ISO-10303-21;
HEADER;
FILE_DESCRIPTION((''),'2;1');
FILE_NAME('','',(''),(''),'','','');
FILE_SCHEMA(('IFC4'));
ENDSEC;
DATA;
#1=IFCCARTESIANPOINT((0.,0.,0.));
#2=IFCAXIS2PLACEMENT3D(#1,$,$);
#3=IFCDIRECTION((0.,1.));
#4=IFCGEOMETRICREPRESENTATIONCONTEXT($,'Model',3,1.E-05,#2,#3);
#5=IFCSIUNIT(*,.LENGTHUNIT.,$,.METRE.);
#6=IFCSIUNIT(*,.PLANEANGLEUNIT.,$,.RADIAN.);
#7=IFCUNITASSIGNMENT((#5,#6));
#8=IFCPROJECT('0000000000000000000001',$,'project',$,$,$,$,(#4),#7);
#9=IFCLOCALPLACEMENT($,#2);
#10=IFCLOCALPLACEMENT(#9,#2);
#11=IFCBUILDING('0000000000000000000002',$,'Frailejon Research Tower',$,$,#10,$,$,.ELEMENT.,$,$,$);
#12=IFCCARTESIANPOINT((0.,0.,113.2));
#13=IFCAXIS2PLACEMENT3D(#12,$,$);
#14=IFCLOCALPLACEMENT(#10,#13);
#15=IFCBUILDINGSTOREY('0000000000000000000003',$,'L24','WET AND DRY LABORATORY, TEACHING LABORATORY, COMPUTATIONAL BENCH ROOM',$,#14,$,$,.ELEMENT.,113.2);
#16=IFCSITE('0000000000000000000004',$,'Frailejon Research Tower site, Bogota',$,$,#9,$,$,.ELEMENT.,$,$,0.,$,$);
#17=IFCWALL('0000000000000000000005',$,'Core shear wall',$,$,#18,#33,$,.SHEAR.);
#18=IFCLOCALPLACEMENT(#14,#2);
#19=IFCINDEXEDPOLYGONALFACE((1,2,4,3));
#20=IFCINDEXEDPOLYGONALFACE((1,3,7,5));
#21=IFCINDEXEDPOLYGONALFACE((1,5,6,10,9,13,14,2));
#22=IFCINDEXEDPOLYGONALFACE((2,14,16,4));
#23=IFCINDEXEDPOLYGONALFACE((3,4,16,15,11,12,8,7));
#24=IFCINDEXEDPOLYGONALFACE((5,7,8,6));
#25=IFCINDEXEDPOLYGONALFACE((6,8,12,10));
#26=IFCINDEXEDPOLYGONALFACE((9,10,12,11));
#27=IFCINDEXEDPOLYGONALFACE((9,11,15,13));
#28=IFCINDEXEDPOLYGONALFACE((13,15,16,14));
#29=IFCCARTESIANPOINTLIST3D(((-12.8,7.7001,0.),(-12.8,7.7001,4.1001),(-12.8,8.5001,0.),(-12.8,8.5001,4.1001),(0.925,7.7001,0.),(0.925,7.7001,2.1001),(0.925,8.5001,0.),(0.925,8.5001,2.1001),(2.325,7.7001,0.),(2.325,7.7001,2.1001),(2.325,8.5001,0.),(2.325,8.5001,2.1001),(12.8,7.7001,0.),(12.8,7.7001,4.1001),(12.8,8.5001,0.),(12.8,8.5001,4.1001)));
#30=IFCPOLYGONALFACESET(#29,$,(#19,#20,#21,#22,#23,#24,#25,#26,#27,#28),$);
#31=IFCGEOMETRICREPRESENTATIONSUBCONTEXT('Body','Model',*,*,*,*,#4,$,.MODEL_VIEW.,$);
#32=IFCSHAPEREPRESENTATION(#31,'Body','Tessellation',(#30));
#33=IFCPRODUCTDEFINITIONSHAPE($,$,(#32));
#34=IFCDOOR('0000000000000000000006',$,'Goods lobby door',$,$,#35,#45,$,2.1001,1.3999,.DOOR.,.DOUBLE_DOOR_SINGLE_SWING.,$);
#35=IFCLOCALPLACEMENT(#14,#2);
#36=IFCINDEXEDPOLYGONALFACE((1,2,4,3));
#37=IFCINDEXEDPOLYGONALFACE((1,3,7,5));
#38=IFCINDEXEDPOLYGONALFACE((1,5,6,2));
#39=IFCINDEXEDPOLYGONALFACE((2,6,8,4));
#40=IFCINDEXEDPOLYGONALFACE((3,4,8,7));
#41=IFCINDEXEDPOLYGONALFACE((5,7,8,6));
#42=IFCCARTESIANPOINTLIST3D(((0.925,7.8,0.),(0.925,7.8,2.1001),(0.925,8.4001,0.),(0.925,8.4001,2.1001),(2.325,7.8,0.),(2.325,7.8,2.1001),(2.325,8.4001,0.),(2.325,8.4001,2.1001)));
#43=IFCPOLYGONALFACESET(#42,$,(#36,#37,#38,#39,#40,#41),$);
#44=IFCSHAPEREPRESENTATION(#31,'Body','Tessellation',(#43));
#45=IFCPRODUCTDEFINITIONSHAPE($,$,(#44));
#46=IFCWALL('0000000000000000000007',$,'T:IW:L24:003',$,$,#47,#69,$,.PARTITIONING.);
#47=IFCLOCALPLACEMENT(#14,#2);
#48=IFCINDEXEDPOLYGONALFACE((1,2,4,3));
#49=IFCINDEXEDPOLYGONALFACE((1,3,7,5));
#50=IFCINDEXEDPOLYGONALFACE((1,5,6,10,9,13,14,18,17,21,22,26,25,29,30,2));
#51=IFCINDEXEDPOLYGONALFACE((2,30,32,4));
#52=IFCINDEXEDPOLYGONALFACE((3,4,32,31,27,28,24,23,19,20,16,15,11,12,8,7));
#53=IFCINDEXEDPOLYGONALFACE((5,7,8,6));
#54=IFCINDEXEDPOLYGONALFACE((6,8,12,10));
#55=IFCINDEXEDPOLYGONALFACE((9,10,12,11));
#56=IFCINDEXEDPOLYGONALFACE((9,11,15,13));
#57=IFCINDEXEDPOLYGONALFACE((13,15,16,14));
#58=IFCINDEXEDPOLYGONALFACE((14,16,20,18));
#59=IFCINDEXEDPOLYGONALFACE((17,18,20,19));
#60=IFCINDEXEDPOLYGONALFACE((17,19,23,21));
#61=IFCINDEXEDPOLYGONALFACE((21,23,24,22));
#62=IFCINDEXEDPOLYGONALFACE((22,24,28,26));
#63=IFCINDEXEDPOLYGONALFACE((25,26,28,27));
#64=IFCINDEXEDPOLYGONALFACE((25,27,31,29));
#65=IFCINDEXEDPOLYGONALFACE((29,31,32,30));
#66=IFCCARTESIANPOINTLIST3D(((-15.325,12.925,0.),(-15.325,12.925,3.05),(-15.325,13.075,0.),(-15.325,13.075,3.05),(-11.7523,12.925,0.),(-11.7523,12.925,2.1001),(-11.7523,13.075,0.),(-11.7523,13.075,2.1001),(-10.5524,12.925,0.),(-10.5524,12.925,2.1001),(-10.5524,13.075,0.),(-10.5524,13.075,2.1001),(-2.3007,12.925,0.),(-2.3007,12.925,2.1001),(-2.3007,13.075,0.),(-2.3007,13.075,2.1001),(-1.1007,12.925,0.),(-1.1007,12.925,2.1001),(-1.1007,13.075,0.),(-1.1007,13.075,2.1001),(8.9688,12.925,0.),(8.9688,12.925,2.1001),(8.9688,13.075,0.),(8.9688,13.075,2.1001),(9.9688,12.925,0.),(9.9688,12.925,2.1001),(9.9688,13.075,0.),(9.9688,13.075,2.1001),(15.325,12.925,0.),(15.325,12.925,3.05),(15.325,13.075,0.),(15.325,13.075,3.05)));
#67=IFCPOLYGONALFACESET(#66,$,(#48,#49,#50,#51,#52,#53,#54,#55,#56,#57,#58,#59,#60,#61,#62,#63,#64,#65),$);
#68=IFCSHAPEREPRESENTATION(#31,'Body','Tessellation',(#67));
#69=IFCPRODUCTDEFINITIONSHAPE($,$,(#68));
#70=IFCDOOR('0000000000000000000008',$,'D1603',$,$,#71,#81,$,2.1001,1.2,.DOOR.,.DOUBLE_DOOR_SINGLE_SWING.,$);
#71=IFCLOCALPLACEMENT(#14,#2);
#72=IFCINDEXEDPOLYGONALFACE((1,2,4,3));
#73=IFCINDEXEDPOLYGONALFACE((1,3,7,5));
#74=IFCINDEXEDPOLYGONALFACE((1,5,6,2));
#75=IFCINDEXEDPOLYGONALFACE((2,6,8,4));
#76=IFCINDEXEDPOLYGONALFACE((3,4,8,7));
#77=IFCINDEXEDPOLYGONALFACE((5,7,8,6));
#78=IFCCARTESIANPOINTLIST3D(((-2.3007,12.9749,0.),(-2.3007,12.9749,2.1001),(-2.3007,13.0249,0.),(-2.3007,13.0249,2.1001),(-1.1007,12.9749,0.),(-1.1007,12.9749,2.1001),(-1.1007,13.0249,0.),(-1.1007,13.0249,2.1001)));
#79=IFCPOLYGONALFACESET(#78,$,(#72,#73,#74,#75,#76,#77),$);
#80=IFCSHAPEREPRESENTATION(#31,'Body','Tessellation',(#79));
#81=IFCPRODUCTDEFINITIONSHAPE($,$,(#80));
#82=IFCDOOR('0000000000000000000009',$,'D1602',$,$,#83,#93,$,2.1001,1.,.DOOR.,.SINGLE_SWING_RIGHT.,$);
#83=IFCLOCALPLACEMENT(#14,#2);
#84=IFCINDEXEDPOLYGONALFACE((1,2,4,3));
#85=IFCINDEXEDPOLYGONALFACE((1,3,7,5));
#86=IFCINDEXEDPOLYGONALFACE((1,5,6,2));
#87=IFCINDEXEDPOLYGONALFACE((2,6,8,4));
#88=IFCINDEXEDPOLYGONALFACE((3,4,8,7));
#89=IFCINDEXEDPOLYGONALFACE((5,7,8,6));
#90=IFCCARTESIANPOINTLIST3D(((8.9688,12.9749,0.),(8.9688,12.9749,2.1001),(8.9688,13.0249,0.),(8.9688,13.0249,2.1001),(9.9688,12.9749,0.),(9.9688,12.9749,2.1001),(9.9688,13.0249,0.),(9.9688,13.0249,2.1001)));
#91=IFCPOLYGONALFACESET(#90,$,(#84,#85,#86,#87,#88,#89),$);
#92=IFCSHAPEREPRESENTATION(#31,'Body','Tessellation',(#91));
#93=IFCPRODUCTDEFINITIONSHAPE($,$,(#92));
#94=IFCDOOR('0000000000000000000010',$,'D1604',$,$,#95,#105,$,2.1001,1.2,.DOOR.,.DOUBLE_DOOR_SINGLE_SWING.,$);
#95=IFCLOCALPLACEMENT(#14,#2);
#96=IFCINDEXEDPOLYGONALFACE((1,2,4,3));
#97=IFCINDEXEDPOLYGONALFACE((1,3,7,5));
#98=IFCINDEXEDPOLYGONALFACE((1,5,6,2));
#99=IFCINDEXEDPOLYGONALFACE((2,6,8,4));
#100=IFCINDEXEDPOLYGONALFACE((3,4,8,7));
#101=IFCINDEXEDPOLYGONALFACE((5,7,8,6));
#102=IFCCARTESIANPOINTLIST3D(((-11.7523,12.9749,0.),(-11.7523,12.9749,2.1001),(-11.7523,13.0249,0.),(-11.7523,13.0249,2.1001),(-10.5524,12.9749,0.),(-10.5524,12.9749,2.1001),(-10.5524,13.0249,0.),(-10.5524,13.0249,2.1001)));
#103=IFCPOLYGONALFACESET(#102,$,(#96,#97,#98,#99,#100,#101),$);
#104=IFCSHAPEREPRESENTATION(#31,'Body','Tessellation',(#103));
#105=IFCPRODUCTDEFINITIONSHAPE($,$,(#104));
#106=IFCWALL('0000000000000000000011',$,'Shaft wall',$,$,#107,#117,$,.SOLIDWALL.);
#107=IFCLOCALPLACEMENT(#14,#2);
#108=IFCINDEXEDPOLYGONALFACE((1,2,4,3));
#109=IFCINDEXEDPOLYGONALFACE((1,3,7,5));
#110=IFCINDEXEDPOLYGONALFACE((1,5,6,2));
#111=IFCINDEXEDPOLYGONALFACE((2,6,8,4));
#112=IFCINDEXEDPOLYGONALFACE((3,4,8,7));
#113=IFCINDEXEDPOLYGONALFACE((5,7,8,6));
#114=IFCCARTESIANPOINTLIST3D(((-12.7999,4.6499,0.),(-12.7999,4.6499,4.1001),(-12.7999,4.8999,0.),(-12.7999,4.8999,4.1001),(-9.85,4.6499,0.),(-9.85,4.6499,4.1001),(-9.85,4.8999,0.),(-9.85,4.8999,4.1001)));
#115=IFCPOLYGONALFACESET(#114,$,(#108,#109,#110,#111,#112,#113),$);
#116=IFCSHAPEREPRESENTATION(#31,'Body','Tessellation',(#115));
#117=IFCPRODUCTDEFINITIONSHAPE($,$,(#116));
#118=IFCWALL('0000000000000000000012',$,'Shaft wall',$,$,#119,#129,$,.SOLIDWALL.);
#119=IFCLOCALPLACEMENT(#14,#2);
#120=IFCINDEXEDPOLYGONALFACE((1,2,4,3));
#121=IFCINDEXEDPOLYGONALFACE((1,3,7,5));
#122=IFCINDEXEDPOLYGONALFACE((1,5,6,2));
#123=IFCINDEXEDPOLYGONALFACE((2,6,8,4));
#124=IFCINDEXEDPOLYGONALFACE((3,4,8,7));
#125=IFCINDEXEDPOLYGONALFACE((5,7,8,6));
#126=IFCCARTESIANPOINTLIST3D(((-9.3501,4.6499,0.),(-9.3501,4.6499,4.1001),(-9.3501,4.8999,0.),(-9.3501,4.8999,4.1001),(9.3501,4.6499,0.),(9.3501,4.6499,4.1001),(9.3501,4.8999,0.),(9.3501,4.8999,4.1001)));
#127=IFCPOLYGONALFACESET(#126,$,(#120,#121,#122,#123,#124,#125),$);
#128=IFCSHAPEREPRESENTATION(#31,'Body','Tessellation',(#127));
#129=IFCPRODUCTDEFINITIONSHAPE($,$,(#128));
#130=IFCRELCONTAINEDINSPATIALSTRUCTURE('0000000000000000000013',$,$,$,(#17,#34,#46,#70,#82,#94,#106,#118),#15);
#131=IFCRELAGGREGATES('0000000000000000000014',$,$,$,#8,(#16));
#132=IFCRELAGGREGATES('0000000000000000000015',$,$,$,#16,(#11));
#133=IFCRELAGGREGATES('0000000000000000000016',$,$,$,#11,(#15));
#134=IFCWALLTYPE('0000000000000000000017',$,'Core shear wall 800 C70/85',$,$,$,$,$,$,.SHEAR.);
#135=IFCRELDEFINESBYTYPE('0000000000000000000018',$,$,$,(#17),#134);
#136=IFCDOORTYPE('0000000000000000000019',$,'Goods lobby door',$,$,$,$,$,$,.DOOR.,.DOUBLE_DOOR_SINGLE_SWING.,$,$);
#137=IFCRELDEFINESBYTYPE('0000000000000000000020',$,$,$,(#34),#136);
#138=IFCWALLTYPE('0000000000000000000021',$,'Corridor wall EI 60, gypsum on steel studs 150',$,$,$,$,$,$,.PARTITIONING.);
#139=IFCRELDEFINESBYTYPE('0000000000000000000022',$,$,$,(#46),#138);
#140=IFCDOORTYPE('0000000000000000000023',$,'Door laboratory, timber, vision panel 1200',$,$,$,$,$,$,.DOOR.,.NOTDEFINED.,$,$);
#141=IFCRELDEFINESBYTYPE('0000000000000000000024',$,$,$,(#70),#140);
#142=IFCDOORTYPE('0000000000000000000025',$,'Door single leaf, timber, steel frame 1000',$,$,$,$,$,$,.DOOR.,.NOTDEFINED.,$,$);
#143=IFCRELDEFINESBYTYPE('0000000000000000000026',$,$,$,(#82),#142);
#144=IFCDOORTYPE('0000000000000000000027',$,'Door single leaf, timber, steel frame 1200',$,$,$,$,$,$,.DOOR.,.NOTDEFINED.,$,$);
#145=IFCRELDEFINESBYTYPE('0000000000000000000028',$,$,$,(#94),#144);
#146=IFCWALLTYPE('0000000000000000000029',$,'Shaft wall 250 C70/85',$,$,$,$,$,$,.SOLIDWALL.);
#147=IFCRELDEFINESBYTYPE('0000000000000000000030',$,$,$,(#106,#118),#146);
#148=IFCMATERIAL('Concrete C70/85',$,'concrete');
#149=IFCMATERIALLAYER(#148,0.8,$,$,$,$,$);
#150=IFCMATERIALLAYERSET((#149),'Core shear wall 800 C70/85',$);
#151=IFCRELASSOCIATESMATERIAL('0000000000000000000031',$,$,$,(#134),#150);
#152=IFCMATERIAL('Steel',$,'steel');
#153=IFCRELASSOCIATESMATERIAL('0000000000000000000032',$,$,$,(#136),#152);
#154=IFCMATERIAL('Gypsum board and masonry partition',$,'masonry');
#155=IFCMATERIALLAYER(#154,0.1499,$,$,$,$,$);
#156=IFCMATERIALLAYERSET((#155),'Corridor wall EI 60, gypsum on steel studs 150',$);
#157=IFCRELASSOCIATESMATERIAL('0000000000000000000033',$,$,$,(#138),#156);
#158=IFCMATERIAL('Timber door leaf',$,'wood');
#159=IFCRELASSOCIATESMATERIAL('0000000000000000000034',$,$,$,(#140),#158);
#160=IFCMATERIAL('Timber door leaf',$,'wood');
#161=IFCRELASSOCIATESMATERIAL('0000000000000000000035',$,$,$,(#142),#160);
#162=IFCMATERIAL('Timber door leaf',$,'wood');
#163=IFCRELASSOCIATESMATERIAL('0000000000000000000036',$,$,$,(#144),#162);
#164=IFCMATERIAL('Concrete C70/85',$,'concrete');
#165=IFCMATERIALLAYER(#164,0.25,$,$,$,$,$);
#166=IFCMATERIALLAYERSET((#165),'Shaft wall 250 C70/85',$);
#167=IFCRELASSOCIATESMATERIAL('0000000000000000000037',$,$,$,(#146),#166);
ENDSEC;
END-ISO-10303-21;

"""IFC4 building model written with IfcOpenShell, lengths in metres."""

from ifc_helpers import new_model, si_unit, direction, frame, frame_2d, origin, place, context, subcontext, project, spatial, rectangle, extrude, material, layer, layer_set, type_object, element, fill, save


model = new_model("IFC4")

# Units and contexts
model_context = context("Model", 3, precision=1e-05, world=origin(), true_north=direction((0.0, 1.0)))
body_context = subcontext(model_context, "Body", "Model", "MODEL_VIEW")
ifc_project = project(units=[si_unit("LENGTHUNIT", "METRE"), si_unit("PLANEANGLEUNIT", "RADIAN")], contexts=[model_context])

# Site, building, storey
site_placement = place(None, origin())
site = spatial("IfcSite", under=ifc_project, at=site_placement, Name="Frailejon Research Tower site, Bogota", CompositionType="ELEMENT", RefElevation=0.0)
building_placement = place(site_placement, origin())
building = spatial("IfcBuilding", under=site, at=building_placement, Name="Frailejon Research Tower", CompositionType="ELEMENT")
storey_placement = place(building_placement, frame((0.0, 0.0, 113.2)))
storey = spatial("IfcBuildingStorey", under=building, at=storey_placement, Name="L24", Description="WET AND DRY LABORATORY, TEACHING LABORATORY, COMPUTATIONAL BENCH ROOM", CompositionType="ELEMENT", Elevation=113.2)

# Shared definitions
ifc_material_1 = material(Name="Concrete C70/85", Category="concrete")
ifc_layer_1 = layer(ifc_material_1, 0.8)
ifc_layer_set_1 = layer_set([ifc_layer_1], Name="Core shear wall 800 C70/85")
wall_type_1 = type_object("IfcWallType", Name="Core shear wall 800 C70/85", PredefinedType="SHEAR", material=ifc_layer_set_1)
ifc_material_2 = material(Name="Steel", Category="steel")
door_type_1 = type_object("IfcDoorType", Name="Goods lobby door", OperationType="DOUBLE_DOOR_SINGLE_SWING", PredefinedType="DOOR", material=ifc_material_2)

# Wall, opening, door
wall_1_placement = place(storey_placement, frame((-12.8, 8.1001, 0.0), z_axis=(0.0, 0.0, 1.0), x_axis=(1.0, 0.0, 0.0)))
wall_1 = element("IfcWall", 1, at=wall_1_placement, inside=storey, type_object=wall_type_1, Name="Core shear wall", PredefinedType="SHEAR", context=body_context, shape_type="SweptSolid", body=[
    extrude(rectangle(XDim=25.6001, YDim=0.8, at=frame_2d((12.8, 0.0))), origin(), (0.0, 0.0, 1.0), 4.1001),
])
opening_1_placement = place(wall_1_placement, frame((13.7251, 0.0, 0.0)))
opening_1 = element("IfcOpeningElement", 2, at=opening_1_placement, cuts=wall_1, PredefinedType="OPENING", context=body_context, shape_type="SweptSolid", body=[
    extrude(rectangle(XDim=1.3999, YDim=2.1001, at=frame_2d((0.7, 1.05))), frame((0.0, 0.4099, 0.0), z_axis=(0.0, -1.0, 0.0), x_axis=(1.0, 0.0, 0.0)), (0.0, 0.0, 1.0), 0.8201),
])
door_1_placement = place(opening_1_placement, origin())
door_1 = element("IfcDoor", 3, at=door_1_placement, inside=storey, type_object=door_type_1, Name="Goods lobby door", OperationType="DOUBLE_DOOR_SINGLE_SWING", OverallHeight=2.1001, OverallWidth=1.3999, PredefinedType="DOOR", context=body_context, shape_type="SweptSolid", body=[
    extrude(rectangle(XDim=1.3999, YDim=2.1001, at=frame_2d((0.7, 1.05))), frame((0.0, 0.3, 0.0), z_axis=(0.0, -1.0, 0.0), x_axis=(1.0, 0.0, 0.0)), (0.0, 0.0, 1.0), 0.6001),
])
fill(opening_1, door_1)

# Wall, openings, doors
ifc_material_3 = material(Name="Gypsum board and masonry partition", Category="masonry")
ifc_layer_2 = layer(ifc_material_3, 0.1499)
ifc_layer_set_2 = layer_set([ifc_layer_2], Name="Corridor wall EI 60, gypsum on steel studs 150")
wall_type_2 = type_object("IfcWallType", Name="Corridor wall EI 60, gypsum on steel studs 150", PredefinedType="PARTITIONING", material=ifc_layer_set_2)
wall_2_placement = place(storey_placement, frame((-15.325, 13.0, 0.0), z_axis=(0.0, 0.0, 1.0), x_axis=(1.0, 0.0, 0.0)))
wall_2 = element("IfcWall", 4, at=wall_2_placement, inside=storey, type_object=wall_type_2, Name="T:IW:L24:003", PredefinedType="PARTITIONING", context=body_context, shape_type="SweptSolid", body=[
    extrude(rectangle(XDim=30.6499, YDim=0.1499, at=frame_2d((15.325, 0.0))), origin(), (0.0, 0.0, 1.0), 3.05),
])
opening_2_placement = place(wall_2_placement, frame((24.2937, 0.0, 0.0)))
opening_2 = element("IfcOpeningElement", 5, at=opening_2_placement, cuts=wall_2, PredefinedType="OPENING", context=body_context, shape_type="SweptSolid", body=[
    extrude(rectangle(XDim=1.0, YDim=2.1001, at=frame_2d((0.5, 1.05))), frame((0.0, 0.085, 0.0), z_axis=(0.0, -1.0, 0.0), x_axis=(1.0, 0.0, 0.0)), (0.0, 0.0, 1.0), 0.1699),
])
opening_3_placement = place(wall_2_placement, frame((13.0242, 0.0, 0.0)))
opening_3 = element("IfcOpeningElement", 6, at=opening_3_placement, cuts=wall_2, PredefinedType="OPENING", context=body_context, shape_type="SweptSolid", body=[
    extrude(rectangle(XDim=1.2, YDim=2.1001, at=frame_2d((0.6001, 1.05))), frame((0.0, 0.085, 0.0), z_axis=(0.0, -1.0, 0.0), x_axis=(1.0, 0.0, 0.0)), (0.0, 0.0, 1.0), 0.1699),
])
opening_4_placement = place(wall_2_placement, frame((3.5725, 0.0, 0.0)))
opening_4 = element("IfcOpeningElement", 7, at=opening_4_placement, cuts=wall_2, PredefinedType="OPENING", context=body_context, shape_type="SweptSolid", body=[
    extrude(rectangle(XDim=1.2, YDim=2.1001, at=frame_2d((0.6001, 1.05))), frame((0.0, 0.085, 0.0), z_axis=(0.0, -1.0, 0.0), x_axis=(1.0, 0.0, 0.0)), (0.0, 0.0, 1.0), 0.1699),
])
ifc_material_4 = material(Name="Timber door leaf", Category="wood")
door_type_2 = type_object("IfcDoorType", Name="Door laboratory, timber, vision panel 1200", OperationType="NOTDEFINED", PredefinedType="DOOR", material=ifc_material_4)
door_2_placement = place(opening_3_placement, origin())
door_2 = element("IfcDoor", 8, at=door_2_placement, inside=storey, type_object=door_type_2, Name="D1603", OperationType="DOUBLE_DOOR_SINGLE_SWING", OverallHeight=2.1001, OverallWidth=1.2, PredefinedType="DOOR", context=body_context, shape_type="SweptSolid", body=[
    extrude(rectangle(XDim=1.2, YDim=2.1001, at=frame_2d((0.6001, 1.05))), frame((0.0, 0.0249, 0.0), z_axis=(0.0, -1.0, 0.0), x_axis=(1.0, 0.0, 0.0)), (0.0, 0.0, 1.0), 0.05),
])
fill(opening_3, door_2)
ifc_material_5 = material(Name="Timber door leaf", Category="wood")
door_type_3 = type_object("IfcDoorType", Name="Door single leaf, timber, steel frame 1000", OperationType="NOTDEFINED", PredefinedType="DOOR", material=ifc_material_5)
door_3_placement = place(opening_2_placement, origin())
door_3 = element("IfcDoor", 9, at=door_3_placement, inside=storey, type_object=door_type_3, Name="D1602", OperationType="SINGLE_SWING_RIGHT", OverallHeight=2.1001, OverallWidth=1.0, PredefinedType="DOOR", context=body_context, shape_type="SweptSolid", body=[
    extrude(rectangle(XDim=1.0, YDim=2.1001, at=frame_2d((0.5, 1.05))), frame((0.0, 0.0249, 0.0), z_axis=(0.0, -1.0, 0.0), x_axis=(1.0, 0.0, 0.0)), (0.0, 0.0, 1.0), 0.05),
])
fill(opening_2, door_3)
ifc_material_6 = material(Name="Timber door leaf", Category="wood")
door_type_4 = type_object("IfcDoorType", Name="Door single leaf, timber, steel frame 1200", OperationType="NOTDEFINED", PredefinedType="DOOR", material=ifc_material_6)
door_4_placement = place(opening_4_placement, origin())
door_4 = element("IfcDoor", 10, at=door_4_placement, inside=storey, type_object=door_type_4, Name="D1604", OperationType="DOUBLE_DOOR_SINGLE_SWING", OverallHeight=2.1001, OverallWidth=1.2, PredefinedType="DOOR", context=body_context, shape_type="SweptSolid", body=[
    extrude(rectangle(XDim=1.2, YDim=2.1001, at=frame_2d((0.6001, 1.05))), frame((0.0, 0.0249, 0.0), z_axis=(0.0, -1.0, 0.0), x_axis=(1.0, 0.0, 0.0)), (0.0, 0.0, 1.0), 0.05),
])
fill(opening_4, door_4)

# Walls
ifc_material_7 = material(Name="Concrete C70/85", Category="concrete")
ifc_layer_3 = layer(ifc_material_7, 0.25)
ifc_layer_set_3 = layer_set([ifc_layer_3], Name="Shaft wall 250 C70/85")
wall_type_3 = type_object("IfcWallType", Name="Shaft wall 250 C70/85", PredefinedType="SOLIDWALL", material=ifc_layer_set_3)
wall_3_placement = place(storey_placement, frame((-12.8, 4.7749, 0.0), z_axis=(0.0, 0.0, 1.0), x_axis=(1.0, 0.0, 0.0)))
element("IfcWall", 11, at=wall_3_placement, inside=storey, type_object=wall_type_3, Name="Shaft wall", PredefinedType="SOLIDWALL", context=body_context, shape_type="SweptSolid", body=[
    extrude(rectangle(XDim=2.95, YDim=0.25, at=frame_2d((1.4751, 0.0))), origin(), (0.0, 0.0, 1.0), 4.1001),
])
wall_4_placement = place(storey_placement, frame((-9.3501, 4.7749, 0.0), z_axis=(0.0, 0.0, 1.0), x_axis=(1.0, 0.0, 0.0)))
element("IfcWall", 12, at=wall_4_placement, inside=storey, type_object=wall_type_3, Name="Shaft wall", PredefinedType="SOLIDWALL", context=body_context, shape_type="SweptSolid", body=[
    extrude(rectangle(XDim=18.7002, YDim=0.25, at=frame_2d((9.3501, 0.0))), origin(), (0.0, 0.0, 1.0), 4.1001),
])

save(model, "model.ifc")
